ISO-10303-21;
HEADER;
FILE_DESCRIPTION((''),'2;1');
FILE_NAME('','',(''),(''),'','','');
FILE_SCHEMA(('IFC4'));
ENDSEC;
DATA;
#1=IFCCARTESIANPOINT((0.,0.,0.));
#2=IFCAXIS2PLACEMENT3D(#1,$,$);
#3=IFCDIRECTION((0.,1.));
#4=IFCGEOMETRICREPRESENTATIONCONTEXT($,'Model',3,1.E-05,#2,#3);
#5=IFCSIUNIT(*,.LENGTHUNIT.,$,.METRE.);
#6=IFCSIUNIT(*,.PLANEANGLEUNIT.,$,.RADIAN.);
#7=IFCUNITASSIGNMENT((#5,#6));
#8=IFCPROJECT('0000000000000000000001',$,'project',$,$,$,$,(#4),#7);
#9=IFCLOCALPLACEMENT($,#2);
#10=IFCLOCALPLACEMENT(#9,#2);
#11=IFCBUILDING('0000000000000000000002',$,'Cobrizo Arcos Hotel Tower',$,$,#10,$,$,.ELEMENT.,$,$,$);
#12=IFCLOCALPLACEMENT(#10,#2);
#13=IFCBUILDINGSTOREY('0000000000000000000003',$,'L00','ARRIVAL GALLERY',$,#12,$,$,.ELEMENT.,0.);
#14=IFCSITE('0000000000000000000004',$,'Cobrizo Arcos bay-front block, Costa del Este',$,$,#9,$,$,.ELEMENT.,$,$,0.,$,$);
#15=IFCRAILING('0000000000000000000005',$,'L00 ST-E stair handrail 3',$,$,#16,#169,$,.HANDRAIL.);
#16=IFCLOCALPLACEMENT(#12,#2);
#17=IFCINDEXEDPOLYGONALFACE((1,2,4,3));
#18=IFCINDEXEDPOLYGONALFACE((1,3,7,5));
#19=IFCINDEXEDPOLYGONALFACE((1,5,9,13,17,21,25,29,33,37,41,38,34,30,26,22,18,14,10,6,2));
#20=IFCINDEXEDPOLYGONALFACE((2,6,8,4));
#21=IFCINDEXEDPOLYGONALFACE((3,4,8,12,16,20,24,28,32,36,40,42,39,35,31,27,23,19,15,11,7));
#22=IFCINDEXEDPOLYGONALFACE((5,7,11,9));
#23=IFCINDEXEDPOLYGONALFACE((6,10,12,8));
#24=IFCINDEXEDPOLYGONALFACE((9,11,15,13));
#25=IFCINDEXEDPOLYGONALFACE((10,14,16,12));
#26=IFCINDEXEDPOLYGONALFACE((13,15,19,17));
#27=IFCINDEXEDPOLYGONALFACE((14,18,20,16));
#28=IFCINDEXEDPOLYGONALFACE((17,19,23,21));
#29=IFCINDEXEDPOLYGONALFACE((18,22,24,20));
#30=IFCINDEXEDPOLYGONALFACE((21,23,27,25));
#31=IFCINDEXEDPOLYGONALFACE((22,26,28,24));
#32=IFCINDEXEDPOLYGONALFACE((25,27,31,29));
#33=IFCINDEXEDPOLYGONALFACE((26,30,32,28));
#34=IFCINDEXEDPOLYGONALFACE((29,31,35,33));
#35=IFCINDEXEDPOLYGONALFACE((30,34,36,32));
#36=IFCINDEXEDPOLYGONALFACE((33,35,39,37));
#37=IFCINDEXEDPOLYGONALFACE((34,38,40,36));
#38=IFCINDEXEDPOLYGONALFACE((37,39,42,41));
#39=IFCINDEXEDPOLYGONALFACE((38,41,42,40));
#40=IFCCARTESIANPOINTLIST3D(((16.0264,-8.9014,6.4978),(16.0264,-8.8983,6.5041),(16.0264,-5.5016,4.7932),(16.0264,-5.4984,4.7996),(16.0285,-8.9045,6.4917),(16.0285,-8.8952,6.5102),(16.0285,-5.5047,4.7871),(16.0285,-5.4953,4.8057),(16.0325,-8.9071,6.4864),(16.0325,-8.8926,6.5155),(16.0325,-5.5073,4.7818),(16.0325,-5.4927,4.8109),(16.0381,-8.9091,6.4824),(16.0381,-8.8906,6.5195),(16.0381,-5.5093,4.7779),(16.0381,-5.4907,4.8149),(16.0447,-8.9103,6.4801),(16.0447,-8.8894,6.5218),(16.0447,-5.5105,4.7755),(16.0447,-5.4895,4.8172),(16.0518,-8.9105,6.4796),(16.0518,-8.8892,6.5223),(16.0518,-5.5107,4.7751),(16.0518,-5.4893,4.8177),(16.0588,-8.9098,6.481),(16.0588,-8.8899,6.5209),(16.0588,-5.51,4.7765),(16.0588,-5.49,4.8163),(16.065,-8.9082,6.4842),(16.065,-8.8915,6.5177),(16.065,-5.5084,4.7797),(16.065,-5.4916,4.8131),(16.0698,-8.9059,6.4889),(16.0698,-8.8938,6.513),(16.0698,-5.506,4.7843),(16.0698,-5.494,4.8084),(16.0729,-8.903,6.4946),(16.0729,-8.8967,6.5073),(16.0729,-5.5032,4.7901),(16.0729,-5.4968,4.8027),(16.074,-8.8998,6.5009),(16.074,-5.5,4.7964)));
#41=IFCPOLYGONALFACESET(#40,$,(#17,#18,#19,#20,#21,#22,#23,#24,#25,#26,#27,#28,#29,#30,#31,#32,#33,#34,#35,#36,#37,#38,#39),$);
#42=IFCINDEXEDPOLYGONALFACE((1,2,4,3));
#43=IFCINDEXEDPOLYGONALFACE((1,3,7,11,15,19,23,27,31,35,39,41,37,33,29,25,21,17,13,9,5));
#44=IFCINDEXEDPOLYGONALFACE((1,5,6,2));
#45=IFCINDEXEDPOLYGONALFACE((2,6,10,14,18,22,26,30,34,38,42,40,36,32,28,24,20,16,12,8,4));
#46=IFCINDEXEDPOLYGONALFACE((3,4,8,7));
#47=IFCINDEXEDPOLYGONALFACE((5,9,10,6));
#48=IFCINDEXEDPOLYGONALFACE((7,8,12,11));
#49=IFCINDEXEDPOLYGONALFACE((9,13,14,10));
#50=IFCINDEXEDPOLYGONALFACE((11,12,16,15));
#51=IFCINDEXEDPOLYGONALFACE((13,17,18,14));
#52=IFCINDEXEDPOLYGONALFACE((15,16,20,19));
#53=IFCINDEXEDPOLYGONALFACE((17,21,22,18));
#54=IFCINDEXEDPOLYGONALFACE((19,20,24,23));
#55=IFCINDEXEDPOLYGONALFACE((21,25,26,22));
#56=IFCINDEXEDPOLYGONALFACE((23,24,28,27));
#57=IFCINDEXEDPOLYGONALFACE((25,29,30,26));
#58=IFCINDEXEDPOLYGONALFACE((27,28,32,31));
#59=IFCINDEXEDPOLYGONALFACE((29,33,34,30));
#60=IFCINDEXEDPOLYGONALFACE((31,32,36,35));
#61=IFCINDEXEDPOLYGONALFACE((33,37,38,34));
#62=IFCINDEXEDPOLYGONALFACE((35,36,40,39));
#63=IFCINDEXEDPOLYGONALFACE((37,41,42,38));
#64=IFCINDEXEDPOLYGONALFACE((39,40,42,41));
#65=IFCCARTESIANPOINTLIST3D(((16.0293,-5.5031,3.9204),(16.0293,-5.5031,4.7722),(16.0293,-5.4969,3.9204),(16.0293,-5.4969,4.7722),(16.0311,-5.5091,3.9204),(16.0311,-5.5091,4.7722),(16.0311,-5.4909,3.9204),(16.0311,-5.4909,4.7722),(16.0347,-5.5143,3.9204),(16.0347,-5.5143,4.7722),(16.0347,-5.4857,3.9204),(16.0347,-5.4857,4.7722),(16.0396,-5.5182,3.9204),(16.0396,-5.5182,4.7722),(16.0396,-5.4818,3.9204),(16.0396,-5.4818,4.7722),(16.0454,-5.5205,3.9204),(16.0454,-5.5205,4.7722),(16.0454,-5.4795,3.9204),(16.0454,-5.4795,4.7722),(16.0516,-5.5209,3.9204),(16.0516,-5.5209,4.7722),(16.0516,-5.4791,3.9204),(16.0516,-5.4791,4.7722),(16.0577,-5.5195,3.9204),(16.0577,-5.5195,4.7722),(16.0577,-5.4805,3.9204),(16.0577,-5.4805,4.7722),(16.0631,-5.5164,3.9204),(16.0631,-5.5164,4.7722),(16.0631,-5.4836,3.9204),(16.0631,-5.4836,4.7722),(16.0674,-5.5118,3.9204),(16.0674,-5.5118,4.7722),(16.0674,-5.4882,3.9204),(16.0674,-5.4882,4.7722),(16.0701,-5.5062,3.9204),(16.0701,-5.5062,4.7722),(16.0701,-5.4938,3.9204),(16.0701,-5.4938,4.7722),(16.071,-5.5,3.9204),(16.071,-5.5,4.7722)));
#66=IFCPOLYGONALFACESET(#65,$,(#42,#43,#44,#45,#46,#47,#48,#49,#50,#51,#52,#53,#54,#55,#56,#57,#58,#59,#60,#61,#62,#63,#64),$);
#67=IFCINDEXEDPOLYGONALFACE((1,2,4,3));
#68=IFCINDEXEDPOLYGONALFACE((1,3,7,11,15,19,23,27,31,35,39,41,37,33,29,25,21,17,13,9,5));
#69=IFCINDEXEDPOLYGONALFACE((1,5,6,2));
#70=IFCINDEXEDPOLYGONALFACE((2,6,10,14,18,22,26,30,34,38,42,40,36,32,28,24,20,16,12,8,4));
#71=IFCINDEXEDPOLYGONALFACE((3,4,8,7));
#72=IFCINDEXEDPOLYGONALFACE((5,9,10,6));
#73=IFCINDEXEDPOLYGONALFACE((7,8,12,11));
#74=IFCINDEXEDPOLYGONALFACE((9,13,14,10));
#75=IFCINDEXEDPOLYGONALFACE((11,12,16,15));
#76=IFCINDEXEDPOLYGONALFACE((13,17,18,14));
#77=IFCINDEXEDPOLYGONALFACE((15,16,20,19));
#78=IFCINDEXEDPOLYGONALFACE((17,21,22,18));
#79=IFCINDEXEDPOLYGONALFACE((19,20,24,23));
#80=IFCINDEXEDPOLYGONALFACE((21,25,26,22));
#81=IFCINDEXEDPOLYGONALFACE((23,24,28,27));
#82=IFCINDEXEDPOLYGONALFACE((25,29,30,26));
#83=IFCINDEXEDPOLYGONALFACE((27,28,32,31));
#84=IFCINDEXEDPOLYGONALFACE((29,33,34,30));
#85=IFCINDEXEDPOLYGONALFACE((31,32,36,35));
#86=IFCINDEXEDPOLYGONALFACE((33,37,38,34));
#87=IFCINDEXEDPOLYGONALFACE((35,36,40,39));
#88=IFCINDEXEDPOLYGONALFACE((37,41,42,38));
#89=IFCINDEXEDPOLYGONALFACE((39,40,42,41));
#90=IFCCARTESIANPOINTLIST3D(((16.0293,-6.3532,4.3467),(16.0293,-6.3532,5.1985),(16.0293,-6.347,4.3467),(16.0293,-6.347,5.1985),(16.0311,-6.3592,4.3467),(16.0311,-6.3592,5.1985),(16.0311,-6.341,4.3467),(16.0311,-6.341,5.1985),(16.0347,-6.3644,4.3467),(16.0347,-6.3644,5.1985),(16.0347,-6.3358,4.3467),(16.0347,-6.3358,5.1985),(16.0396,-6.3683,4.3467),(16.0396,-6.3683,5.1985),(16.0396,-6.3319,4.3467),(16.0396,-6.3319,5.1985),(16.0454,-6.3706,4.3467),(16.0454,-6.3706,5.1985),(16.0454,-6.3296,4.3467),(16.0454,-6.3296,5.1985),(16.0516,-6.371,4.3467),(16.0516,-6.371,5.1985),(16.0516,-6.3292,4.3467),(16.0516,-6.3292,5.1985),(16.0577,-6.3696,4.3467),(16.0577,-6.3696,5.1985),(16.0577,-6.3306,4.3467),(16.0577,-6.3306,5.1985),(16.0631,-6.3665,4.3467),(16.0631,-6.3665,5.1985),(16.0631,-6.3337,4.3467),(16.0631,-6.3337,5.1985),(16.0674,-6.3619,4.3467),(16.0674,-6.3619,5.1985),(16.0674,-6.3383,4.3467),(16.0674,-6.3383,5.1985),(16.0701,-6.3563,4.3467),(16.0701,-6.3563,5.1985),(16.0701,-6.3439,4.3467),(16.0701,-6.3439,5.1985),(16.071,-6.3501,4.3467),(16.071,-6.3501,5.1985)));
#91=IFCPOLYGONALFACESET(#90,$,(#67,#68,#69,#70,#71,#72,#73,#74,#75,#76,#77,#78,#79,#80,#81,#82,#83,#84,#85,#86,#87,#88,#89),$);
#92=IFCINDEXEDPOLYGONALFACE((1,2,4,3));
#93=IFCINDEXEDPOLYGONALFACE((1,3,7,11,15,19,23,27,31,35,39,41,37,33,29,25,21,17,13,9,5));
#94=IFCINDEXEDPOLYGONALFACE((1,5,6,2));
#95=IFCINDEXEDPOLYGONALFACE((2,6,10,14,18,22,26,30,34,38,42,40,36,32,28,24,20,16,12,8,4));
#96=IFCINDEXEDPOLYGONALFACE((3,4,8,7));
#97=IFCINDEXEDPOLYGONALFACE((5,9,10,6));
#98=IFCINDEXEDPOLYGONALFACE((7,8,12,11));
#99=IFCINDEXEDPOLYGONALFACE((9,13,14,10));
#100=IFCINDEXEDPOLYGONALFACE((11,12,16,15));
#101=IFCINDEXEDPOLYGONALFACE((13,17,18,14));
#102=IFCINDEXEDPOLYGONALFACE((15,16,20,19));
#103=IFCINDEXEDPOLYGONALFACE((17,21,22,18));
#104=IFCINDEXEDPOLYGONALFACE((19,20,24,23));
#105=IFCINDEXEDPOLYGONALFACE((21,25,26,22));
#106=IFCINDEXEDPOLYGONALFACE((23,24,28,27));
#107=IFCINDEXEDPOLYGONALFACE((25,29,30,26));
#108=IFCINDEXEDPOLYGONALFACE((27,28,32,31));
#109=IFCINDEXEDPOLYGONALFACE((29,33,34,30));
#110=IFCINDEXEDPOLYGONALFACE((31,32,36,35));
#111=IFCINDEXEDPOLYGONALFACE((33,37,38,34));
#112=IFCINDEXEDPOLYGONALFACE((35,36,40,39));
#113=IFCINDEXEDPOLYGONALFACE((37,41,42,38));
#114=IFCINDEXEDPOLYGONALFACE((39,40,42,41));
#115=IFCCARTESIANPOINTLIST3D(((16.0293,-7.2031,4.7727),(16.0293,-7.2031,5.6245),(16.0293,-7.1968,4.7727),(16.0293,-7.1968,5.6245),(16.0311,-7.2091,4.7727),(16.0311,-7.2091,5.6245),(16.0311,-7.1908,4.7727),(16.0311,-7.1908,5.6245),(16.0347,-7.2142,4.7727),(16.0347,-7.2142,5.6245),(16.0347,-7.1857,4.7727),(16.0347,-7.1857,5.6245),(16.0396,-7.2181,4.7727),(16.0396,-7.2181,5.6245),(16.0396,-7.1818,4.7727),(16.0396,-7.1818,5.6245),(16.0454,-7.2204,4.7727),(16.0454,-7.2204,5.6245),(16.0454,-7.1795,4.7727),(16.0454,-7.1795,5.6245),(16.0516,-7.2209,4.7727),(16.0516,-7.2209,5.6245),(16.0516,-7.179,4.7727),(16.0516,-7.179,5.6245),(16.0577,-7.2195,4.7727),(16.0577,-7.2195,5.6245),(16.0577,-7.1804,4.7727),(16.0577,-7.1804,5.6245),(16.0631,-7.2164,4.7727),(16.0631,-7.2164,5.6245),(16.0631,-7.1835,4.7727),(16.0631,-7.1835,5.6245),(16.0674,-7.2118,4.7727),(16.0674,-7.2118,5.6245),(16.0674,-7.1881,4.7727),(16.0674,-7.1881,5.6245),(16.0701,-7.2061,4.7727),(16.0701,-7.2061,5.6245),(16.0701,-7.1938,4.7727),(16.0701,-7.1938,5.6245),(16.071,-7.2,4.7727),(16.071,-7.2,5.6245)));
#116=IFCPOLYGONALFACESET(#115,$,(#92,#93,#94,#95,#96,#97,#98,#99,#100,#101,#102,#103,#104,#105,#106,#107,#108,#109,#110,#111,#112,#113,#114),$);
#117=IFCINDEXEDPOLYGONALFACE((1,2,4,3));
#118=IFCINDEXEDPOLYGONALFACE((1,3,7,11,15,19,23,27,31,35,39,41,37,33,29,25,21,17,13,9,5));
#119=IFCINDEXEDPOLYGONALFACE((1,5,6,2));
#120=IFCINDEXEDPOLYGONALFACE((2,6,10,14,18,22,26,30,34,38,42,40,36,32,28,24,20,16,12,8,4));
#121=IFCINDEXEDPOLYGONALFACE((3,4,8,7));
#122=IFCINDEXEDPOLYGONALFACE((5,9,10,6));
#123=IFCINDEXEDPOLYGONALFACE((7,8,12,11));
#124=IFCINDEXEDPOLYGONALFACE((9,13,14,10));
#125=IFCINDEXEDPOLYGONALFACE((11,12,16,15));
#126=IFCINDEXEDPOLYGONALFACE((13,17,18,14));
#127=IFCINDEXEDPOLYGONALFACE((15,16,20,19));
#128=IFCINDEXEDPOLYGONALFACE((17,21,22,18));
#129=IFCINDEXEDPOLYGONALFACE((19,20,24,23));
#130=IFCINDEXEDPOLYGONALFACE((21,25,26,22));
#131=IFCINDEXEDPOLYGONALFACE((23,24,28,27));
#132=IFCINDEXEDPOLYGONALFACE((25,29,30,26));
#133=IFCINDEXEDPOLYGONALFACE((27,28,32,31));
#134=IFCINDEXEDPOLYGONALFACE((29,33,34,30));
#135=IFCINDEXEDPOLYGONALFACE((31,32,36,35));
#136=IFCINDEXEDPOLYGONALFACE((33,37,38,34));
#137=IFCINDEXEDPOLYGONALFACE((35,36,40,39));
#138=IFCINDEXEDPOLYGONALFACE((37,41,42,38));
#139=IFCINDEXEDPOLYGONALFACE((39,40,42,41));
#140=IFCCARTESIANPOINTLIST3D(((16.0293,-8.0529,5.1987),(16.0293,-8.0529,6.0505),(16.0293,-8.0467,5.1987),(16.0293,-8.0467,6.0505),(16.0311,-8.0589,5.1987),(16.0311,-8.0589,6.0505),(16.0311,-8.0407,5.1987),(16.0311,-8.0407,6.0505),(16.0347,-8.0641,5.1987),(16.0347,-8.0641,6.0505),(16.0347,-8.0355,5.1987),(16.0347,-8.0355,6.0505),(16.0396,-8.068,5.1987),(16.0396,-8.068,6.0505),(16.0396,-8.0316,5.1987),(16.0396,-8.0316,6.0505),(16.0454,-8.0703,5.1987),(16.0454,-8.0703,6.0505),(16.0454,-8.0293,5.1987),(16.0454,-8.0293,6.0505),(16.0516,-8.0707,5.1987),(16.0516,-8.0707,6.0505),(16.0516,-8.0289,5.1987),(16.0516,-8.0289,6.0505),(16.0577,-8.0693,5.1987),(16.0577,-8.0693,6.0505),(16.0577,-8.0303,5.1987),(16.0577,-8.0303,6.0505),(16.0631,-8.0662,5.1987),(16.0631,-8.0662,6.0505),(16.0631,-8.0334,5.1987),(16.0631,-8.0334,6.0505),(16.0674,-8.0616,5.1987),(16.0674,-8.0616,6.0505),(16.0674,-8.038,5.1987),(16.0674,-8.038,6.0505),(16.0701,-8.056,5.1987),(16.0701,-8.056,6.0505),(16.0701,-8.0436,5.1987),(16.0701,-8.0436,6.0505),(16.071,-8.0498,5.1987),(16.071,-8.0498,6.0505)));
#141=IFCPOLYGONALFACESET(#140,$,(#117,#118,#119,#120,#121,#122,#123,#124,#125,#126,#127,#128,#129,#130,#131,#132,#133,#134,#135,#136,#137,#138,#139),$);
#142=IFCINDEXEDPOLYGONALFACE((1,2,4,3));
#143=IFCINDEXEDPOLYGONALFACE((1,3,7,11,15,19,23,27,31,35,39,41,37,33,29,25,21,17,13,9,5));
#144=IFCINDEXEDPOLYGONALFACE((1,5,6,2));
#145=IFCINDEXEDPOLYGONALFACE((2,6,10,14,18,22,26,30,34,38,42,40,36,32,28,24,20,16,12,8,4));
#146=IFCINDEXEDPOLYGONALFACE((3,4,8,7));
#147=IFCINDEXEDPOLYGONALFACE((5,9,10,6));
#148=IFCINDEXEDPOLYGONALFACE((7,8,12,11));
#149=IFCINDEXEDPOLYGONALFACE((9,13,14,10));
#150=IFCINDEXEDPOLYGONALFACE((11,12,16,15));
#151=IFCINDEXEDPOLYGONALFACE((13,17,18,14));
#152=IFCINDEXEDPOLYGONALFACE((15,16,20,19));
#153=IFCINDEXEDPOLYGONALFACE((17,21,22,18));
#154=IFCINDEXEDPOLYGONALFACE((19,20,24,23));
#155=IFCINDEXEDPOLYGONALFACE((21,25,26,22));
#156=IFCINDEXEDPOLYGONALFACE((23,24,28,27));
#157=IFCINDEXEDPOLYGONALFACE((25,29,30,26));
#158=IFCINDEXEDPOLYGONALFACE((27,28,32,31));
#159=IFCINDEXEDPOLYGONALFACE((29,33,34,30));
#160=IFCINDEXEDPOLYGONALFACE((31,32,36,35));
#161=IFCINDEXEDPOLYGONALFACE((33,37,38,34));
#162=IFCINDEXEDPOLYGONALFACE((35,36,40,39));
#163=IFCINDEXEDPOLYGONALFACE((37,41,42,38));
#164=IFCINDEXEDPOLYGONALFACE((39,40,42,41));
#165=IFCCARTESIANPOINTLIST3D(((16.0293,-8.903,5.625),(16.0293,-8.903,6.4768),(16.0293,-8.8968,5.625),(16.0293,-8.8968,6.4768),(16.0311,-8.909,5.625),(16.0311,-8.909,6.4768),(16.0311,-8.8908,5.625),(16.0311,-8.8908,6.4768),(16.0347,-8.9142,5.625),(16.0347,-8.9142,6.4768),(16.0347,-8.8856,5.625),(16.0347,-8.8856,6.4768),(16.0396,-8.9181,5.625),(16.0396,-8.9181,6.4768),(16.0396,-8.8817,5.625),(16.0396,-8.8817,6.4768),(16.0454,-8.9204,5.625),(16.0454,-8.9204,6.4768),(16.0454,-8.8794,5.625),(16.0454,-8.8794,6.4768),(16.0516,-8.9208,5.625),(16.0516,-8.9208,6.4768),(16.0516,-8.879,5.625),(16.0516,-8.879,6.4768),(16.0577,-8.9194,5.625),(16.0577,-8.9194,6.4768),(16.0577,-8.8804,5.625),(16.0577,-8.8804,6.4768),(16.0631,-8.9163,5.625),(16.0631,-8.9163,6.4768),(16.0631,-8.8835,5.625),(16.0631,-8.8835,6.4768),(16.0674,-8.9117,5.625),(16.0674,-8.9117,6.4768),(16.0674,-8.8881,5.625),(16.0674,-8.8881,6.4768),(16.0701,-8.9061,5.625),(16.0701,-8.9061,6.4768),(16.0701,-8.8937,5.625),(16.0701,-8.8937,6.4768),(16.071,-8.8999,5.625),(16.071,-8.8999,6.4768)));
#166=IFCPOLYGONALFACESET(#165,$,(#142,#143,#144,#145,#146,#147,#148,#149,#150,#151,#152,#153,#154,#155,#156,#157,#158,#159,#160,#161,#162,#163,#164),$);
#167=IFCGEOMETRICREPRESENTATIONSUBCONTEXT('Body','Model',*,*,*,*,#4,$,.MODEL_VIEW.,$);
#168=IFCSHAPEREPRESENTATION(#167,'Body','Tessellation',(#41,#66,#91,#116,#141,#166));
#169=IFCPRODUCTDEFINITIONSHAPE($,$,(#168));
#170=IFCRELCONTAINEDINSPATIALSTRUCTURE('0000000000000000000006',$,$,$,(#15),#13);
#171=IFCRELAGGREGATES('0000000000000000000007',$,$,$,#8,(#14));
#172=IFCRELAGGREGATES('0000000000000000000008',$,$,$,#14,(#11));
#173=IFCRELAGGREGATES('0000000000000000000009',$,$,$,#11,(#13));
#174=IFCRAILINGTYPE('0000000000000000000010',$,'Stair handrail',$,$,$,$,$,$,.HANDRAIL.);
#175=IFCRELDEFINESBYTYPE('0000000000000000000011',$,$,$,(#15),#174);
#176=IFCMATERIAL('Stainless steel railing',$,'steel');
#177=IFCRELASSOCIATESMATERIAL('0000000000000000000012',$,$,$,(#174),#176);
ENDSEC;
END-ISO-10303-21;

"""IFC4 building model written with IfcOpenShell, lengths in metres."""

from ifc_helpers import new_model, si_unit, direction, frame, origin, origin_2d, place, context, subcontext, project, spatial, circle, extrude, material, type_object, element, save


model = new_model("IFC4")

# Units and contexts
model_context = context("Model", 3, precision=1e-05, world=origin(), true_north=direction((0.0, 1.0)))
body_context = subcontext(model_context, "Body", "Model", "MODEL_VIEW")
ifc_project = project(units=[si_unit("LENGTHUNIT", "METRE"), si_unit("PLANEANGLEUNIT", "RADIAN")], contexts=[model_context])

# Site, building, storey
site_placement = place(None, origin())
site = spatial("IfcSite", under=ifc_project, at=site_placement, Name="Cobrizo Arcos bay-front block, Costa del Este", CompositionType="ELEMENT", RefElevation=0.0)
building_placement = place(site_placement, origin())
building = spatial("IfcBuilding", under=site, at=building_placement, Name="Cobrizo Arcos Hotel Tower", CompositionType="ELEMENT")
storey_placement = place(building_placement, origin())
storey = spatial("IfcBuildingStorey", under=building, at=storey_placement, Name="L00", Description="ARRIVAL GALLERY", CompositionType="ELEMENT", Elevation=0.0)

# Railing
ifc_material_1 = material(Name="Stainless steel railing", Category="steel")
railing_type_1 = type_object("IfcRailingType", Name="Stair handrail", PredefinedType="HANDRAIL", material=ifc_material_1)
railing_1_placement = place(storey_placement, frame((16.05, -5.5, 3.9204)))
element("IfcRailing", 1, at=railing_1_placement, inside=storey, type_object=railing_type_1, Name="L00 ST-E stair handrail 3", PredefinedType="HANDRAIL", context=body_context, shape_type="SweptSolid", body=[
    extrude(circle(Radius=0.0239, at=origin_2d()), frame((0.0, 0.0, 0.876), z_axis=(0.0, -0.893939, 0.448189), x_axis=(1.0, 0.0, 0.0)), (0.0, 0.0, 1.0), 3.8032),
    extrude(circle(Radius=0.021, at=origin_2d()), origin(), (0.0, 0.0, 1.0), 0.8518),
    extrude(circle(Radius=0.021, at=origin_2d()), frame((0.0, -0.8501, 0.4263)), (0.0, 0.0, 1.0), 0.8518),
    extrude(circle(Radius=0.021, at=origin_2d()), frame((0.0, -1.7, 0.8523)), (0.0, 0.0, 1.0), 0.8518),
    extrude(circle(Radius=0.021, at=origin_2d()), frame((0.0, -2.5498, 1.2783)), (0.0, 0.0, 1.0), 0.8518),
    extrude(circle(Radius=0.021, at=origin_2d()), frame((0.0, -3.3999, 1.7046)), (0.0, 0.0, 1.0), 0.8518),
])

save(model, "model.ifc")
